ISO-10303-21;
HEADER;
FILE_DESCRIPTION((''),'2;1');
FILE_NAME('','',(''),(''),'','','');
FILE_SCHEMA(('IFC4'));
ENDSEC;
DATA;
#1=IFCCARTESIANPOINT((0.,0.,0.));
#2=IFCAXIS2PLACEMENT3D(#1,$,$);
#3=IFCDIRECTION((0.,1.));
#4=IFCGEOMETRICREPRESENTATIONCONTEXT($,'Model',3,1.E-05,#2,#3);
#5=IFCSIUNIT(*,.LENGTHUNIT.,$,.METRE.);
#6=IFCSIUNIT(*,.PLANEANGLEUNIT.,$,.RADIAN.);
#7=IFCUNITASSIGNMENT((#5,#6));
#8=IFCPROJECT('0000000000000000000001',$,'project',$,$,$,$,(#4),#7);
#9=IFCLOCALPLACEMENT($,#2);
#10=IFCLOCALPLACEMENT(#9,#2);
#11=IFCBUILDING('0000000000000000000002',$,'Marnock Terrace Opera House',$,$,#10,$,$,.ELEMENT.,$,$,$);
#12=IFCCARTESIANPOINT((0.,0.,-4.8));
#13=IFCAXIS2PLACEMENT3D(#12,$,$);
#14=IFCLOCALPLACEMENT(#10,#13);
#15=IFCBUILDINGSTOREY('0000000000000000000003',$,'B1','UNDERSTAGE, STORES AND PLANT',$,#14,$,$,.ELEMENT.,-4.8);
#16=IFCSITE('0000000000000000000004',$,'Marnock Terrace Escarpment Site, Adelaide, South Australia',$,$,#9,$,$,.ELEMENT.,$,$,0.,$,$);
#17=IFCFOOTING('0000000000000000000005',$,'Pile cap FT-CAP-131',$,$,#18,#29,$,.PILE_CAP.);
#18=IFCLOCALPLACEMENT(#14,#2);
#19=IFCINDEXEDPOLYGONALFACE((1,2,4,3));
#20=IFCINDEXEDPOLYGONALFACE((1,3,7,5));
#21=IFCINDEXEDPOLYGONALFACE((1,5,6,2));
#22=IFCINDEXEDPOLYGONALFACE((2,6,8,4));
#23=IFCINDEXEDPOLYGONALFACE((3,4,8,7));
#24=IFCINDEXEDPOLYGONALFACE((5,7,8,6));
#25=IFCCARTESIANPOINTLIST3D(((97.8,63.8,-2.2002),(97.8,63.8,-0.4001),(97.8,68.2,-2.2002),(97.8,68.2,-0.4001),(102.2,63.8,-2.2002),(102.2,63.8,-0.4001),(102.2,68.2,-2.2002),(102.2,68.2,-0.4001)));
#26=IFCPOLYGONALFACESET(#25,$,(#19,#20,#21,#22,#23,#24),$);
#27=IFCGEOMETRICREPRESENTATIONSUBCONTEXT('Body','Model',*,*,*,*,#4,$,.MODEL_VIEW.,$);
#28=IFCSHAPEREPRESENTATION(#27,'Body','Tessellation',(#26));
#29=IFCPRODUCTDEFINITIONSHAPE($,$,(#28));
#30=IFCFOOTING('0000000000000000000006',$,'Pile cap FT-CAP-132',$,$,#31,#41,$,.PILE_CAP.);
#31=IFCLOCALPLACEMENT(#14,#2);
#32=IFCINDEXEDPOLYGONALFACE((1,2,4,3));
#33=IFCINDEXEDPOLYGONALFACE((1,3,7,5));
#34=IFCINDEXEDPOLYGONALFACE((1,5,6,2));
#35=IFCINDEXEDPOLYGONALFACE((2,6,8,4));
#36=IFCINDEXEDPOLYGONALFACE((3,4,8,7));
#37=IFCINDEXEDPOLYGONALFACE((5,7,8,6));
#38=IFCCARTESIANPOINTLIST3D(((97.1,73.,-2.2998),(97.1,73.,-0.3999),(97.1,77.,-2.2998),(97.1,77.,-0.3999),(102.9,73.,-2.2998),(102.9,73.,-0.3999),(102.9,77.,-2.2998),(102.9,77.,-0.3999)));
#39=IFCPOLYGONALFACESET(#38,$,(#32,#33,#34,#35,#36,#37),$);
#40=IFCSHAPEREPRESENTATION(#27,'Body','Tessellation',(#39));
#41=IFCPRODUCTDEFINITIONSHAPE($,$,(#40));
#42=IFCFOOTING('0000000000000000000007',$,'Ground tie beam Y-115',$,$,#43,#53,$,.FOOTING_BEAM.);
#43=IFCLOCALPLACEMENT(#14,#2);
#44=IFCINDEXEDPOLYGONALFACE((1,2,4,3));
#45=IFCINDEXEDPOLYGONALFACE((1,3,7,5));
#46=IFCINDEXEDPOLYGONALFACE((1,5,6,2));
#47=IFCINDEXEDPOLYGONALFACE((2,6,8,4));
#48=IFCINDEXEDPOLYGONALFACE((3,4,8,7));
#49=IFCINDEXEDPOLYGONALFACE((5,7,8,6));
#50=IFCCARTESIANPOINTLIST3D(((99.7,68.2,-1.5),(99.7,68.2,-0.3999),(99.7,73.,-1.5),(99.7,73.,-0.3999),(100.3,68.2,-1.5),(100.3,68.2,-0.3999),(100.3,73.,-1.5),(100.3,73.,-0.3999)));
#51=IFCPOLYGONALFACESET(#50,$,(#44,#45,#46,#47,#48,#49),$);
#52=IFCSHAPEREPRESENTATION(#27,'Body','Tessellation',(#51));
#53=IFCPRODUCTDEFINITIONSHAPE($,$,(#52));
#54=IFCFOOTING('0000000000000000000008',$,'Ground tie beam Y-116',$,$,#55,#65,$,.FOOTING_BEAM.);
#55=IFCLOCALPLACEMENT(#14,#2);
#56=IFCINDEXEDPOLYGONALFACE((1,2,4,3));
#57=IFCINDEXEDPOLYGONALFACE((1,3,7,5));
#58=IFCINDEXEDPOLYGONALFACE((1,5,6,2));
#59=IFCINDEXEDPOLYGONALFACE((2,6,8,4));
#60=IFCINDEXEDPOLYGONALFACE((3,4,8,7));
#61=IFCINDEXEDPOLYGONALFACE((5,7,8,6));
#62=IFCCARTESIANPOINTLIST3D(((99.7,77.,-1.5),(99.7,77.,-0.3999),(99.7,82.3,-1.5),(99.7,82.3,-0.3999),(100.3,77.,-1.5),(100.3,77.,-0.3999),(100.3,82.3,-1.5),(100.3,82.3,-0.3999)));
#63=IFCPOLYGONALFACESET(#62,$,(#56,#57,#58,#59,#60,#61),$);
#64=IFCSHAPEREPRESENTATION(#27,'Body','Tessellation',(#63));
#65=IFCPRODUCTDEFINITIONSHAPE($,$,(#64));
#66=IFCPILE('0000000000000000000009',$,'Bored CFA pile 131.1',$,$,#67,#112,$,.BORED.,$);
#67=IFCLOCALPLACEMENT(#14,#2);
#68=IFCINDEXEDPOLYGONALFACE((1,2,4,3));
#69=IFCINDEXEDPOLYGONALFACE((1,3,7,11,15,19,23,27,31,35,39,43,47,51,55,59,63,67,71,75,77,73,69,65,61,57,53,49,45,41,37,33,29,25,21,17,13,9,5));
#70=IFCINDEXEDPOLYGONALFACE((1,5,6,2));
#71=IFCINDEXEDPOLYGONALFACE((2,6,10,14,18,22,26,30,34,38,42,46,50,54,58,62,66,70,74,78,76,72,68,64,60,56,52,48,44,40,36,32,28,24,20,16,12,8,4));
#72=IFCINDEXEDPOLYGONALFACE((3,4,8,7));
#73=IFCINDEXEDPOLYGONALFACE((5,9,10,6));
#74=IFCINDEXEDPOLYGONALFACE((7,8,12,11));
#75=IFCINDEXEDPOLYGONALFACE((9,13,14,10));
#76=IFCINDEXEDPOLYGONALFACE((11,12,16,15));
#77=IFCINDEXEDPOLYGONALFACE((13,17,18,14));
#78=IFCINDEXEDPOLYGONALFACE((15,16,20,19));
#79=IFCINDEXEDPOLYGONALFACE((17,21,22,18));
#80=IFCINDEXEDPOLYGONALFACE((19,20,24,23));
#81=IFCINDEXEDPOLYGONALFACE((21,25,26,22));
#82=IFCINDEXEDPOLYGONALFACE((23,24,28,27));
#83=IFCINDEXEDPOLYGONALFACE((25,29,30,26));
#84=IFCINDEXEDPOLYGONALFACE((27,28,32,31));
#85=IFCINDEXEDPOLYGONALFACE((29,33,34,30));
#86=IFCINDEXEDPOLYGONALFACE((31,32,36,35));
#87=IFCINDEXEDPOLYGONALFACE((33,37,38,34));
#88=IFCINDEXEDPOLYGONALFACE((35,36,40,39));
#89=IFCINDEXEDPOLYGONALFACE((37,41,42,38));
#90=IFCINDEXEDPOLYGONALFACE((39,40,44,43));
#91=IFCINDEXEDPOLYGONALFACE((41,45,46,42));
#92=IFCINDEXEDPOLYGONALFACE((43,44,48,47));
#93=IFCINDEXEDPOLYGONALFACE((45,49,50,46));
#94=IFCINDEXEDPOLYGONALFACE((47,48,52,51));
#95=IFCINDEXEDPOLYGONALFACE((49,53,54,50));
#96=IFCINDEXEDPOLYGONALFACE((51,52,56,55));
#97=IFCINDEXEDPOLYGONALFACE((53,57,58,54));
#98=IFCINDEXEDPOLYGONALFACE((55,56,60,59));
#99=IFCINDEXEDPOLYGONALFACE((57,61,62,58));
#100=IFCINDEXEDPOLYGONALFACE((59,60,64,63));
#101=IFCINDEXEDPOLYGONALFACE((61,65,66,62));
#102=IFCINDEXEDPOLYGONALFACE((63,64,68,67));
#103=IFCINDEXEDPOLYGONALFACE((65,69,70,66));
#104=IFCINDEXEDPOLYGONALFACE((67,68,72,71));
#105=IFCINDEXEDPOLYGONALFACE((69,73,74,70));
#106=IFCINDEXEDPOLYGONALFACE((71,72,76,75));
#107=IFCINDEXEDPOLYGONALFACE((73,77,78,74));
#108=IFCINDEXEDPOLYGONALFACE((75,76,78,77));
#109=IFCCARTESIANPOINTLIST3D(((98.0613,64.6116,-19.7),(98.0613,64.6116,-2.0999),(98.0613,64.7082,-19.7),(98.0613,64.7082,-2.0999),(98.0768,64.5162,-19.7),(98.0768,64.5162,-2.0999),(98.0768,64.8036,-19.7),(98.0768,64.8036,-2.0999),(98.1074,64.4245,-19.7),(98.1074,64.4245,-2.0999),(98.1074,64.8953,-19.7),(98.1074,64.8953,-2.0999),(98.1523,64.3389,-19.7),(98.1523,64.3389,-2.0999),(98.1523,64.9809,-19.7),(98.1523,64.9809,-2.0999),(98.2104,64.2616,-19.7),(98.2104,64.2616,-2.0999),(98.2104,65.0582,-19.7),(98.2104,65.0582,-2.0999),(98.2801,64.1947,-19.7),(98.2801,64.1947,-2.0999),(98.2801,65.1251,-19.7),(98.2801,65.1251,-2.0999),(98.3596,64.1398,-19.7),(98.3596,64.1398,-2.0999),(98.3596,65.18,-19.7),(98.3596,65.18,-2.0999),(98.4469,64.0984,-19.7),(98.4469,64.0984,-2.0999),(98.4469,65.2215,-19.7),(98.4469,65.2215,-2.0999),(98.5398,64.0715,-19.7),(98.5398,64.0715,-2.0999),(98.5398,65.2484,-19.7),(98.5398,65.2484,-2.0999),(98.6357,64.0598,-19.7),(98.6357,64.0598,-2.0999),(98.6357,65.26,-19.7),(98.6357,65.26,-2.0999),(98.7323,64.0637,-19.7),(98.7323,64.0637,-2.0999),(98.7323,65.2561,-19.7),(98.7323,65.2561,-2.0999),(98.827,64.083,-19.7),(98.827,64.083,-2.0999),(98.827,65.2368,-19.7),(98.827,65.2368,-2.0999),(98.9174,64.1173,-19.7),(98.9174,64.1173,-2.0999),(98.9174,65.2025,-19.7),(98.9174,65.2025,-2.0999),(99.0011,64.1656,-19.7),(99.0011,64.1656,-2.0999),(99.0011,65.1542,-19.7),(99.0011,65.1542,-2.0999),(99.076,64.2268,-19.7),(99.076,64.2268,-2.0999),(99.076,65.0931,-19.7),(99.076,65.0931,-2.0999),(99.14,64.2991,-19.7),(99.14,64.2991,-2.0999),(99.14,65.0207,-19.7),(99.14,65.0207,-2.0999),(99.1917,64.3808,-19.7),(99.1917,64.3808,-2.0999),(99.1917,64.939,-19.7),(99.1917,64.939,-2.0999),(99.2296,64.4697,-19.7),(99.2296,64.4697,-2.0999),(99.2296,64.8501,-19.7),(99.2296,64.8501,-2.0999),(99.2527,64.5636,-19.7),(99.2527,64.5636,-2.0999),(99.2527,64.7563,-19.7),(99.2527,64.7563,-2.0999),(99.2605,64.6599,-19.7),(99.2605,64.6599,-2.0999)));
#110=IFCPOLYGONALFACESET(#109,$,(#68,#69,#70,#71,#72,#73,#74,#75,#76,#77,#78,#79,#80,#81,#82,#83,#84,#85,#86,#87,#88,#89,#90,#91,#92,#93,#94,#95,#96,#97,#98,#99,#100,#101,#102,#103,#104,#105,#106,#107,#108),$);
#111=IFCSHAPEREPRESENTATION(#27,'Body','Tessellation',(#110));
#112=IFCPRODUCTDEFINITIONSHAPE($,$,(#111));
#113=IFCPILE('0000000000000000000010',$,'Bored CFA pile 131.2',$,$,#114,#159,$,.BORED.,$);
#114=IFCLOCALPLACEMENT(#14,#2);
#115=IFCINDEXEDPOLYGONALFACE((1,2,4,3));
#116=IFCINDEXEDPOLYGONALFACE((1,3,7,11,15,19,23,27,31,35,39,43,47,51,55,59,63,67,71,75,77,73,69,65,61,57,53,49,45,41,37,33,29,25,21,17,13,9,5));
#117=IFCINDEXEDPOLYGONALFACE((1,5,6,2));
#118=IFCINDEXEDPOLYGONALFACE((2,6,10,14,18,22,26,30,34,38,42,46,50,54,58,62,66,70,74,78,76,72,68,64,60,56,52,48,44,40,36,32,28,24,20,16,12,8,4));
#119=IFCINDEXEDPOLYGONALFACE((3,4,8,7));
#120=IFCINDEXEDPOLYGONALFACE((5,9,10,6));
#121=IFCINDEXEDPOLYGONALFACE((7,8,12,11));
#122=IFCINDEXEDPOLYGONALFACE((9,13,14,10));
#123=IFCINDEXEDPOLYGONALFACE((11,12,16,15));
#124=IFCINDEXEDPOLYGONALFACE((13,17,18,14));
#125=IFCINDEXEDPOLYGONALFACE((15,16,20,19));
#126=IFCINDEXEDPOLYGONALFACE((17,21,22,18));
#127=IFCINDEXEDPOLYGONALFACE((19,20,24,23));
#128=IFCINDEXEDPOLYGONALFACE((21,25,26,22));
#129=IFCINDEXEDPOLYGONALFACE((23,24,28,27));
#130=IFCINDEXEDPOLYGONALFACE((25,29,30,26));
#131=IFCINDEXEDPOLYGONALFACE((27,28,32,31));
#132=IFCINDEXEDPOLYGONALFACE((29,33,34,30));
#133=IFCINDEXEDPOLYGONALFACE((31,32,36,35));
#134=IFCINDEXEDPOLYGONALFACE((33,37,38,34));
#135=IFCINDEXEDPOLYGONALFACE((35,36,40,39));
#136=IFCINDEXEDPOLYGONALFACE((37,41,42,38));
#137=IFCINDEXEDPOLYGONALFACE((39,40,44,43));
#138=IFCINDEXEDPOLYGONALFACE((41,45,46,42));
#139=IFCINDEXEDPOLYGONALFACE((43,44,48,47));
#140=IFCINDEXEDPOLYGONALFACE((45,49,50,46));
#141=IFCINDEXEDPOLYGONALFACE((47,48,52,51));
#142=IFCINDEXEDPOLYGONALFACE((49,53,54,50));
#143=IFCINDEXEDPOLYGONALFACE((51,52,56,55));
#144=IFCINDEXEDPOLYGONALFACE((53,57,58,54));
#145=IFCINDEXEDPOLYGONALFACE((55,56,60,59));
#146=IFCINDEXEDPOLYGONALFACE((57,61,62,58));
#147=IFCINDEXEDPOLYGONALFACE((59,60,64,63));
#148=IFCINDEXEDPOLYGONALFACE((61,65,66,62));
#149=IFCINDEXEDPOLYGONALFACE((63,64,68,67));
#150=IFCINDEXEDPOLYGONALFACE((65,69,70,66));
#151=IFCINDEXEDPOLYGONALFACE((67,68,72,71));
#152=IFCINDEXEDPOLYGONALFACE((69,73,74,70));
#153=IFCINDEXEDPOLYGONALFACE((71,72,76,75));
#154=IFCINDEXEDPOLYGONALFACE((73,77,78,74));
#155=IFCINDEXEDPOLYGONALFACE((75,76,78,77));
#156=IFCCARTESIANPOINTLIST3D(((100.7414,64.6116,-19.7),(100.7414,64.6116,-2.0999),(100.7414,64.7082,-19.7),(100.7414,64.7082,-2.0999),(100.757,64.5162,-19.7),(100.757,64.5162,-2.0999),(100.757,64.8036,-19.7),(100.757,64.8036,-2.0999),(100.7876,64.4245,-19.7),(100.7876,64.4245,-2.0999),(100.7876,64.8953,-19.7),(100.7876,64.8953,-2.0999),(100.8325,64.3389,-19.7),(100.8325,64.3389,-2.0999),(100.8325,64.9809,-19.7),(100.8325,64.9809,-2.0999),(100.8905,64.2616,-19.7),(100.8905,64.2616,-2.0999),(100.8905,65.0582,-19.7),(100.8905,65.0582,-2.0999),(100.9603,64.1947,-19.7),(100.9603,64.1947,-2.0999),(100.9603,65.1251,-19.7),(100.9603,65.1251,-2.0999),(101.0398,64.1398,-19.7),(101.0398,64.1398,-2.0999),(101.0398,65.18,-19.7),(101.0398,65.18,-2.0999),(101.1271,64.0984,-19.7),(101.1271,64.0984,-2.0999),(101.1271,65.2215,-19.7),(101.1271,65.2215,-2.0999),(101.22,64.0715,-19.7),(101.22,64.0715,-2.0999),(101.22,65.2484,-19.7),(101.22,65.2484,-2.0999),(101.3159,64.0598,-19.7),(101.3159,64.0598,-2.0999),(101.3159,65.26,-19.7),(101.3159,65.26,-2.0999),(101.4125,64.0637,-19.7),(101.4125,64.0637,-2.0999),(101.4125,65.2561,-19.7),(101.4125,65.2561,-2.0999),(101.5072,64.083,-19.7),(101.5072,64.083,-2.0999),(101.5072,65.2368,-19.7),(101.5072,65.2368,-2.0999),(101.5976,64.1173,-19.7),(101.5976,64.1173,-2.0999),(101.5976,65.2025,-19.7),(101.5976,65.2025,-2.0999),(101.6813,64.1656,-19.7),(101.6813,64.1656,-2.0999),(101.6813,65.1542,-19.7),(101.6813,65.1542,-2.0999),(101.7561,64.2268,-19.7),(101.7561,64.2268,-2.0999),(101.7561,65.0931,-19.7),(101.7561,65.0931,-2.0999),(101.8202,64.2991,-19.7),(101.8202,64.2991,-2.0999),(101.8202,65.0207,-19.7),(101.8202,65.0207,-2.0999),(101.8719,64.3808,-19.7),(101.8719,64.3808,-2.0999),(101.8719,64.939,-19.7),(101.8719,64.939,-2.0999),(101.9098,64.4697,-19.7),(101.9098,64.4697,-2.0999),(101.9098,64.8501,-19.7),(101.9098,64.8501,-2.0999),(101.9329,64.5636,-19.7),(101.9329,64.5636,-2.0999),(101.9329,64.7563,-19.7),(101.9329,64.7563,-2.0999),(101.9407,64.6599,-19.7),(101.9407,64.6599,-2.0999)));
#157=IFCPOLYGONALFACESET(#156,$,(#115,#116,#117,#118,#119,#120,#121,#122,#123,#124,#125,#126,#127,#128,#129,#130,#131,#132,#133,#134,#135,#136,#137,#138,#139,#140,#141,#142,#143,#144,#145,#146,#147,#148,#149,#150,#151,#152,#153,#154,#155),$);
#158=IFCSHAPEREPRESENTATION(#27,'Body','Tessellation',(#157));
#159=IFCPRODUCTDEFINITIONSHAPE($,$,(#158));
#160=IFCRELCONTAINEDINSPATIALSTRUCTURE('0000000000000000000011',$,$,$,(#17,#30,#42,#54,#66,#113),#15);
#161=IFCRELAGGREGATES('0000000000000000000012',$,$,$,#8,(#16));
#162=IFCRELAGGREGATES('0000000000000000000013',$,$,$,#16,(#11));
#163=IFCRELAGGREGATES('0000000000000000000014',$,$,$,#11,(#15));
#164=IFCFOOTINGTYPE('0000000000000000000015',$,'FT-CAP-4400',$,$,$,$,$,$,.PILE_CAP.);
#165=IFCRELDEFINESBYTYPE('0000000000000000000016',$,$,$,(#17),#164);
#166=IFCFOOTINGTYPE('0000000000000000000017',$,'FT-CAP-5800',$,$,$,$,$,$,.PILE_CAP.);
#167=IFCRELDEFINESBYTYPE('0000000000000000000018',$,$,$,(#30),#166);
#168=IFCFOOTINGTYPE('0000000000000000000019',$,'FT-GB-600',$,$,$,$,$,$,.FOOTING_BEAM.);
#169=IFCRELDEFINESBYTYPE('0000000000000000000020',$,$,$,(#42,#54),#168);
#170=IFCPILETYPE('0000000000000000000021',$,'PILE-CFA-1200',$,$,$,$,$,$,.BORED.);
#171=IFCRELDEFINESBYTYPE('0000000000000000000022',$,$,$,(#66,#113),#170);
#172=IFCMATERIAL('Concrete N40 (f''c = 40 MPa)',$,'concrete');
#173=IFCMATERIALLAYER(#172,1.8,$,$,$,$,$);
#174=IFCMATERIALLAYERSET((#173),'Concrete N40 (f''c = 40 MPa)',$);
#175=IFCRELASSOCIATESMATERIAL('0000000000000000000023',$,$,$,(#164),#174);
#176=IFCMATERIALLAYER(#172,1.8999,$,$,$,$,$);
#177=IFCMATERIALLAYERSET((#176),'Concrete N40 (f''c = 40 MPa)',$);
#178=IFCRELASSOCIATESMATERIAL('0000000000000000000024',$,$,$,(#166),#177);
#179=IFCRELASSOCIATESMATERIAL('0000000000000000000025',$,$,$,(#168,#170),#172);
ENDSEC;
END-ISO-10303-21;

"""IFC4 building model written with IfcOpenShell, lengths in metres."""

from ifc_helpers import new_model, si_unit, direction, frame, origin, origin_2d, place, context, subcontext, project, spatial, rectangle, circle, extrude, material, layer, layer_set, material_profile, profile_set, type_object, element, save


model = new_model("IFC4")

# Units and contexts
model_context = context("Model", 3, precision=1e-05, world=origin(), true_north=direction((0.0, 1.0)))
body_context = subcontext(model_context, "Body", "Model", "MODEL_VIEW")
ifc_project = project(units=[si_unit("LENGTHUNIT", "METRE"), si_unit("PLANEANGLEUNIT", "RADIAN")], contexts=[model_context])

# Site, building, storey
site_placement = place(None, origin())
site = spatial("IfcSite", under=ifc_project, at=site_placement, Name="Marnock Terrace Escarpment Site, Adelaide, South Australia", CompositionType="ELEMENT", RefElevation=0.0)
building_placement = place(site_placement, origin())
building = spatial("IfcBuilding", under=site, at=building_placement, Name="Marnock Terrace Opera House", CompositionType="ELEMENT")
storey_placement = place(building_placement, frame((0.0, 0.0, -4.8)))
storey = spatial("IfcBuildingStorey", under=building, at=storey_placement, Name="B1", Description="UNDERSTAGE, STORES AND PLANT", CompositionType="ELEMENT", Elevation=-4.8)

# Footings
ifc_material_1 = material(Name="Concrete N40 (f'c = 40 MPa)", Category="concrete")
ifc_layer_1 = layer(ifc_material_1, 1.8)
ifc_layer_set_1 = layer_set([ifc_layer_1], Name="Concrete N40 (f'c = 40 MPa)")
footing_type_1 = type_object("IfcFootingType", Name="FT-CAP-4400", PredefinedType="PILE_CAP", material=ifc_layer_set_1)
footing_1_placement = place(storey_placement, frame((100.0, 66.0, -2.2002), z_axis=(0.0, 0.0, 1.0), x_axis=(1.0, 0.0, 0.0)))
element("IfcFooting", 1, at=footing_1_placement, inside=storey, type_object=footing_type_1, Name="Pile cap FT-CAP-131", PredefinedType="PILE_CAP", context=body_context, shape_type="SweptSolid", body=[
    extrude(rectangle(XDim=4.3999, YDim=4.3999, at=origin_2d()), origin(), (0.0, 0.0, 1.0), 1.8),
])
ifc_layer_2 = layer(ifc_material_1, 1.8999)
ifc_layer_set_2 = layer_set([ifc_layer_2], Name="Concrete N40 (f'c = 40 MPa)")
footing_type_2 = type_object("IfcFootingType", Name="FT-CAP-5800", PredefinedType="PILE_CAP", material=ifc_layer_set_2)
footing_2_placement = place(storey_placement, frame((100.0, 75.0, -2.2998), z_axis=(0.0, 0.0, 1.0), x_axis=(1.0, 0.0, 0.0)))
element("IfcFooting", 2, at=footing_2_placement, inside=storey, type_object=footing_type_2, Name="Pile cap FT-CAP-132", PredefinedType="PILE_CAP", context=body_context, shape_type="SweptSolid", body=[
    extrude(rectangle(XDim=5.8, YDim=4.0, at=origin_2d()), origin(), (0.0, 0.0, 1.0), 1.8999),
])
ifc_material_profile_1 = material_profile(ifc_material_1, rectangle(XDim=0.6001, YDim=1.1001, at=origin_2d()))
ifc_profile_set_1 = profile_set([ifc_material_profile_1], Name="Concrete N40 (f'c = 40 MPa)")
footing_type_3 = type_object("IfcFootingType", Name="FT-GB-600", PredefinedType="FOOTING_BEAM", material=ifc_profile_set_1)
footing_3_placement = place(storey_placement, frame((100.0, 68.2, -0.95), z_axis=(0.0, 1.0, 0.0), x_axis=(-1.0, 0.0, 0.0)))
element("IfcFooting", 3, at=footing_3_placement, inside=storey, type_object=footing_type_3, Name="Ground tie beam Y-115", PredefinedType="FOOTING_BEAM", context=body_context, shape_type="SweptSolid", body=[
    extrude(rectangle(XDim=0.6001, YDim=1.1001, at=origin_2d()), origin(), (0.0, 0.0, 1.0), 4.8),
])
footing_4_placement = place(storey_placement, frame((100.0, 77.0, -0.95), z_axis=(0.0, 1.0, 0.0), x_axis=(-1.0, 0.0, 0.0)))
element("IfcFooting", 4, at=footing_4_placement, inside=storey, type_object=footing_type_3, Name="Ground tie beam Y-116", PredefinedType="FOOTING_BEAM", context=body_context, shape_type="SweptSolid", body=[
    extrude(rectangle(XDim=0.6001, YDim=1.1001, at=origin_2d()), origin(), (0.0, 0.0, 1.0), 5.3),
])

# Piles
ifc_material_profile_2 = material_profile(ifc_material_1, circle(Radius=0.6006, at=origin_2d()))
ifc_profile_set_2 = profile_set([ifc_material_profile_2], Name="Concrete N40 (f'c = 40 MPa)")
pile_type = type_object("IfcPileType", Name="PILE-CFA-1200", PredefinedType="BORED", material=ifc_profile_set_2)
for number, where, z_axis, x_axis, name in (
    (5, (98.6599, 64.6599, -2.0999), (0.0, 0.0, -1.0), (1.0, 0.0, 0.0), "Bored CFA pile 131.1"),
    (6, (101.3401, 64.6599, -2.0999), (0.0, 0.0, -1.0), (1.0, 0.0, 0.0), "Bored CFA pile 131.2"),
):
    element("IfcPile", number, at=place(storey_placement, frame(where, z_axis=z_axis, x_axis=x_axis)), inside=storey, type_object=pile_type, Name=name, PredefinedType="BORED", context=body_context, shape_type="SweptSolid", body=[
        extrude(circle(Radius=0.6006, at=origin_2d()), origin(), (0.0, 0.0, 1.0), 17.6001),
    ])

save(model, "model.ifc")
